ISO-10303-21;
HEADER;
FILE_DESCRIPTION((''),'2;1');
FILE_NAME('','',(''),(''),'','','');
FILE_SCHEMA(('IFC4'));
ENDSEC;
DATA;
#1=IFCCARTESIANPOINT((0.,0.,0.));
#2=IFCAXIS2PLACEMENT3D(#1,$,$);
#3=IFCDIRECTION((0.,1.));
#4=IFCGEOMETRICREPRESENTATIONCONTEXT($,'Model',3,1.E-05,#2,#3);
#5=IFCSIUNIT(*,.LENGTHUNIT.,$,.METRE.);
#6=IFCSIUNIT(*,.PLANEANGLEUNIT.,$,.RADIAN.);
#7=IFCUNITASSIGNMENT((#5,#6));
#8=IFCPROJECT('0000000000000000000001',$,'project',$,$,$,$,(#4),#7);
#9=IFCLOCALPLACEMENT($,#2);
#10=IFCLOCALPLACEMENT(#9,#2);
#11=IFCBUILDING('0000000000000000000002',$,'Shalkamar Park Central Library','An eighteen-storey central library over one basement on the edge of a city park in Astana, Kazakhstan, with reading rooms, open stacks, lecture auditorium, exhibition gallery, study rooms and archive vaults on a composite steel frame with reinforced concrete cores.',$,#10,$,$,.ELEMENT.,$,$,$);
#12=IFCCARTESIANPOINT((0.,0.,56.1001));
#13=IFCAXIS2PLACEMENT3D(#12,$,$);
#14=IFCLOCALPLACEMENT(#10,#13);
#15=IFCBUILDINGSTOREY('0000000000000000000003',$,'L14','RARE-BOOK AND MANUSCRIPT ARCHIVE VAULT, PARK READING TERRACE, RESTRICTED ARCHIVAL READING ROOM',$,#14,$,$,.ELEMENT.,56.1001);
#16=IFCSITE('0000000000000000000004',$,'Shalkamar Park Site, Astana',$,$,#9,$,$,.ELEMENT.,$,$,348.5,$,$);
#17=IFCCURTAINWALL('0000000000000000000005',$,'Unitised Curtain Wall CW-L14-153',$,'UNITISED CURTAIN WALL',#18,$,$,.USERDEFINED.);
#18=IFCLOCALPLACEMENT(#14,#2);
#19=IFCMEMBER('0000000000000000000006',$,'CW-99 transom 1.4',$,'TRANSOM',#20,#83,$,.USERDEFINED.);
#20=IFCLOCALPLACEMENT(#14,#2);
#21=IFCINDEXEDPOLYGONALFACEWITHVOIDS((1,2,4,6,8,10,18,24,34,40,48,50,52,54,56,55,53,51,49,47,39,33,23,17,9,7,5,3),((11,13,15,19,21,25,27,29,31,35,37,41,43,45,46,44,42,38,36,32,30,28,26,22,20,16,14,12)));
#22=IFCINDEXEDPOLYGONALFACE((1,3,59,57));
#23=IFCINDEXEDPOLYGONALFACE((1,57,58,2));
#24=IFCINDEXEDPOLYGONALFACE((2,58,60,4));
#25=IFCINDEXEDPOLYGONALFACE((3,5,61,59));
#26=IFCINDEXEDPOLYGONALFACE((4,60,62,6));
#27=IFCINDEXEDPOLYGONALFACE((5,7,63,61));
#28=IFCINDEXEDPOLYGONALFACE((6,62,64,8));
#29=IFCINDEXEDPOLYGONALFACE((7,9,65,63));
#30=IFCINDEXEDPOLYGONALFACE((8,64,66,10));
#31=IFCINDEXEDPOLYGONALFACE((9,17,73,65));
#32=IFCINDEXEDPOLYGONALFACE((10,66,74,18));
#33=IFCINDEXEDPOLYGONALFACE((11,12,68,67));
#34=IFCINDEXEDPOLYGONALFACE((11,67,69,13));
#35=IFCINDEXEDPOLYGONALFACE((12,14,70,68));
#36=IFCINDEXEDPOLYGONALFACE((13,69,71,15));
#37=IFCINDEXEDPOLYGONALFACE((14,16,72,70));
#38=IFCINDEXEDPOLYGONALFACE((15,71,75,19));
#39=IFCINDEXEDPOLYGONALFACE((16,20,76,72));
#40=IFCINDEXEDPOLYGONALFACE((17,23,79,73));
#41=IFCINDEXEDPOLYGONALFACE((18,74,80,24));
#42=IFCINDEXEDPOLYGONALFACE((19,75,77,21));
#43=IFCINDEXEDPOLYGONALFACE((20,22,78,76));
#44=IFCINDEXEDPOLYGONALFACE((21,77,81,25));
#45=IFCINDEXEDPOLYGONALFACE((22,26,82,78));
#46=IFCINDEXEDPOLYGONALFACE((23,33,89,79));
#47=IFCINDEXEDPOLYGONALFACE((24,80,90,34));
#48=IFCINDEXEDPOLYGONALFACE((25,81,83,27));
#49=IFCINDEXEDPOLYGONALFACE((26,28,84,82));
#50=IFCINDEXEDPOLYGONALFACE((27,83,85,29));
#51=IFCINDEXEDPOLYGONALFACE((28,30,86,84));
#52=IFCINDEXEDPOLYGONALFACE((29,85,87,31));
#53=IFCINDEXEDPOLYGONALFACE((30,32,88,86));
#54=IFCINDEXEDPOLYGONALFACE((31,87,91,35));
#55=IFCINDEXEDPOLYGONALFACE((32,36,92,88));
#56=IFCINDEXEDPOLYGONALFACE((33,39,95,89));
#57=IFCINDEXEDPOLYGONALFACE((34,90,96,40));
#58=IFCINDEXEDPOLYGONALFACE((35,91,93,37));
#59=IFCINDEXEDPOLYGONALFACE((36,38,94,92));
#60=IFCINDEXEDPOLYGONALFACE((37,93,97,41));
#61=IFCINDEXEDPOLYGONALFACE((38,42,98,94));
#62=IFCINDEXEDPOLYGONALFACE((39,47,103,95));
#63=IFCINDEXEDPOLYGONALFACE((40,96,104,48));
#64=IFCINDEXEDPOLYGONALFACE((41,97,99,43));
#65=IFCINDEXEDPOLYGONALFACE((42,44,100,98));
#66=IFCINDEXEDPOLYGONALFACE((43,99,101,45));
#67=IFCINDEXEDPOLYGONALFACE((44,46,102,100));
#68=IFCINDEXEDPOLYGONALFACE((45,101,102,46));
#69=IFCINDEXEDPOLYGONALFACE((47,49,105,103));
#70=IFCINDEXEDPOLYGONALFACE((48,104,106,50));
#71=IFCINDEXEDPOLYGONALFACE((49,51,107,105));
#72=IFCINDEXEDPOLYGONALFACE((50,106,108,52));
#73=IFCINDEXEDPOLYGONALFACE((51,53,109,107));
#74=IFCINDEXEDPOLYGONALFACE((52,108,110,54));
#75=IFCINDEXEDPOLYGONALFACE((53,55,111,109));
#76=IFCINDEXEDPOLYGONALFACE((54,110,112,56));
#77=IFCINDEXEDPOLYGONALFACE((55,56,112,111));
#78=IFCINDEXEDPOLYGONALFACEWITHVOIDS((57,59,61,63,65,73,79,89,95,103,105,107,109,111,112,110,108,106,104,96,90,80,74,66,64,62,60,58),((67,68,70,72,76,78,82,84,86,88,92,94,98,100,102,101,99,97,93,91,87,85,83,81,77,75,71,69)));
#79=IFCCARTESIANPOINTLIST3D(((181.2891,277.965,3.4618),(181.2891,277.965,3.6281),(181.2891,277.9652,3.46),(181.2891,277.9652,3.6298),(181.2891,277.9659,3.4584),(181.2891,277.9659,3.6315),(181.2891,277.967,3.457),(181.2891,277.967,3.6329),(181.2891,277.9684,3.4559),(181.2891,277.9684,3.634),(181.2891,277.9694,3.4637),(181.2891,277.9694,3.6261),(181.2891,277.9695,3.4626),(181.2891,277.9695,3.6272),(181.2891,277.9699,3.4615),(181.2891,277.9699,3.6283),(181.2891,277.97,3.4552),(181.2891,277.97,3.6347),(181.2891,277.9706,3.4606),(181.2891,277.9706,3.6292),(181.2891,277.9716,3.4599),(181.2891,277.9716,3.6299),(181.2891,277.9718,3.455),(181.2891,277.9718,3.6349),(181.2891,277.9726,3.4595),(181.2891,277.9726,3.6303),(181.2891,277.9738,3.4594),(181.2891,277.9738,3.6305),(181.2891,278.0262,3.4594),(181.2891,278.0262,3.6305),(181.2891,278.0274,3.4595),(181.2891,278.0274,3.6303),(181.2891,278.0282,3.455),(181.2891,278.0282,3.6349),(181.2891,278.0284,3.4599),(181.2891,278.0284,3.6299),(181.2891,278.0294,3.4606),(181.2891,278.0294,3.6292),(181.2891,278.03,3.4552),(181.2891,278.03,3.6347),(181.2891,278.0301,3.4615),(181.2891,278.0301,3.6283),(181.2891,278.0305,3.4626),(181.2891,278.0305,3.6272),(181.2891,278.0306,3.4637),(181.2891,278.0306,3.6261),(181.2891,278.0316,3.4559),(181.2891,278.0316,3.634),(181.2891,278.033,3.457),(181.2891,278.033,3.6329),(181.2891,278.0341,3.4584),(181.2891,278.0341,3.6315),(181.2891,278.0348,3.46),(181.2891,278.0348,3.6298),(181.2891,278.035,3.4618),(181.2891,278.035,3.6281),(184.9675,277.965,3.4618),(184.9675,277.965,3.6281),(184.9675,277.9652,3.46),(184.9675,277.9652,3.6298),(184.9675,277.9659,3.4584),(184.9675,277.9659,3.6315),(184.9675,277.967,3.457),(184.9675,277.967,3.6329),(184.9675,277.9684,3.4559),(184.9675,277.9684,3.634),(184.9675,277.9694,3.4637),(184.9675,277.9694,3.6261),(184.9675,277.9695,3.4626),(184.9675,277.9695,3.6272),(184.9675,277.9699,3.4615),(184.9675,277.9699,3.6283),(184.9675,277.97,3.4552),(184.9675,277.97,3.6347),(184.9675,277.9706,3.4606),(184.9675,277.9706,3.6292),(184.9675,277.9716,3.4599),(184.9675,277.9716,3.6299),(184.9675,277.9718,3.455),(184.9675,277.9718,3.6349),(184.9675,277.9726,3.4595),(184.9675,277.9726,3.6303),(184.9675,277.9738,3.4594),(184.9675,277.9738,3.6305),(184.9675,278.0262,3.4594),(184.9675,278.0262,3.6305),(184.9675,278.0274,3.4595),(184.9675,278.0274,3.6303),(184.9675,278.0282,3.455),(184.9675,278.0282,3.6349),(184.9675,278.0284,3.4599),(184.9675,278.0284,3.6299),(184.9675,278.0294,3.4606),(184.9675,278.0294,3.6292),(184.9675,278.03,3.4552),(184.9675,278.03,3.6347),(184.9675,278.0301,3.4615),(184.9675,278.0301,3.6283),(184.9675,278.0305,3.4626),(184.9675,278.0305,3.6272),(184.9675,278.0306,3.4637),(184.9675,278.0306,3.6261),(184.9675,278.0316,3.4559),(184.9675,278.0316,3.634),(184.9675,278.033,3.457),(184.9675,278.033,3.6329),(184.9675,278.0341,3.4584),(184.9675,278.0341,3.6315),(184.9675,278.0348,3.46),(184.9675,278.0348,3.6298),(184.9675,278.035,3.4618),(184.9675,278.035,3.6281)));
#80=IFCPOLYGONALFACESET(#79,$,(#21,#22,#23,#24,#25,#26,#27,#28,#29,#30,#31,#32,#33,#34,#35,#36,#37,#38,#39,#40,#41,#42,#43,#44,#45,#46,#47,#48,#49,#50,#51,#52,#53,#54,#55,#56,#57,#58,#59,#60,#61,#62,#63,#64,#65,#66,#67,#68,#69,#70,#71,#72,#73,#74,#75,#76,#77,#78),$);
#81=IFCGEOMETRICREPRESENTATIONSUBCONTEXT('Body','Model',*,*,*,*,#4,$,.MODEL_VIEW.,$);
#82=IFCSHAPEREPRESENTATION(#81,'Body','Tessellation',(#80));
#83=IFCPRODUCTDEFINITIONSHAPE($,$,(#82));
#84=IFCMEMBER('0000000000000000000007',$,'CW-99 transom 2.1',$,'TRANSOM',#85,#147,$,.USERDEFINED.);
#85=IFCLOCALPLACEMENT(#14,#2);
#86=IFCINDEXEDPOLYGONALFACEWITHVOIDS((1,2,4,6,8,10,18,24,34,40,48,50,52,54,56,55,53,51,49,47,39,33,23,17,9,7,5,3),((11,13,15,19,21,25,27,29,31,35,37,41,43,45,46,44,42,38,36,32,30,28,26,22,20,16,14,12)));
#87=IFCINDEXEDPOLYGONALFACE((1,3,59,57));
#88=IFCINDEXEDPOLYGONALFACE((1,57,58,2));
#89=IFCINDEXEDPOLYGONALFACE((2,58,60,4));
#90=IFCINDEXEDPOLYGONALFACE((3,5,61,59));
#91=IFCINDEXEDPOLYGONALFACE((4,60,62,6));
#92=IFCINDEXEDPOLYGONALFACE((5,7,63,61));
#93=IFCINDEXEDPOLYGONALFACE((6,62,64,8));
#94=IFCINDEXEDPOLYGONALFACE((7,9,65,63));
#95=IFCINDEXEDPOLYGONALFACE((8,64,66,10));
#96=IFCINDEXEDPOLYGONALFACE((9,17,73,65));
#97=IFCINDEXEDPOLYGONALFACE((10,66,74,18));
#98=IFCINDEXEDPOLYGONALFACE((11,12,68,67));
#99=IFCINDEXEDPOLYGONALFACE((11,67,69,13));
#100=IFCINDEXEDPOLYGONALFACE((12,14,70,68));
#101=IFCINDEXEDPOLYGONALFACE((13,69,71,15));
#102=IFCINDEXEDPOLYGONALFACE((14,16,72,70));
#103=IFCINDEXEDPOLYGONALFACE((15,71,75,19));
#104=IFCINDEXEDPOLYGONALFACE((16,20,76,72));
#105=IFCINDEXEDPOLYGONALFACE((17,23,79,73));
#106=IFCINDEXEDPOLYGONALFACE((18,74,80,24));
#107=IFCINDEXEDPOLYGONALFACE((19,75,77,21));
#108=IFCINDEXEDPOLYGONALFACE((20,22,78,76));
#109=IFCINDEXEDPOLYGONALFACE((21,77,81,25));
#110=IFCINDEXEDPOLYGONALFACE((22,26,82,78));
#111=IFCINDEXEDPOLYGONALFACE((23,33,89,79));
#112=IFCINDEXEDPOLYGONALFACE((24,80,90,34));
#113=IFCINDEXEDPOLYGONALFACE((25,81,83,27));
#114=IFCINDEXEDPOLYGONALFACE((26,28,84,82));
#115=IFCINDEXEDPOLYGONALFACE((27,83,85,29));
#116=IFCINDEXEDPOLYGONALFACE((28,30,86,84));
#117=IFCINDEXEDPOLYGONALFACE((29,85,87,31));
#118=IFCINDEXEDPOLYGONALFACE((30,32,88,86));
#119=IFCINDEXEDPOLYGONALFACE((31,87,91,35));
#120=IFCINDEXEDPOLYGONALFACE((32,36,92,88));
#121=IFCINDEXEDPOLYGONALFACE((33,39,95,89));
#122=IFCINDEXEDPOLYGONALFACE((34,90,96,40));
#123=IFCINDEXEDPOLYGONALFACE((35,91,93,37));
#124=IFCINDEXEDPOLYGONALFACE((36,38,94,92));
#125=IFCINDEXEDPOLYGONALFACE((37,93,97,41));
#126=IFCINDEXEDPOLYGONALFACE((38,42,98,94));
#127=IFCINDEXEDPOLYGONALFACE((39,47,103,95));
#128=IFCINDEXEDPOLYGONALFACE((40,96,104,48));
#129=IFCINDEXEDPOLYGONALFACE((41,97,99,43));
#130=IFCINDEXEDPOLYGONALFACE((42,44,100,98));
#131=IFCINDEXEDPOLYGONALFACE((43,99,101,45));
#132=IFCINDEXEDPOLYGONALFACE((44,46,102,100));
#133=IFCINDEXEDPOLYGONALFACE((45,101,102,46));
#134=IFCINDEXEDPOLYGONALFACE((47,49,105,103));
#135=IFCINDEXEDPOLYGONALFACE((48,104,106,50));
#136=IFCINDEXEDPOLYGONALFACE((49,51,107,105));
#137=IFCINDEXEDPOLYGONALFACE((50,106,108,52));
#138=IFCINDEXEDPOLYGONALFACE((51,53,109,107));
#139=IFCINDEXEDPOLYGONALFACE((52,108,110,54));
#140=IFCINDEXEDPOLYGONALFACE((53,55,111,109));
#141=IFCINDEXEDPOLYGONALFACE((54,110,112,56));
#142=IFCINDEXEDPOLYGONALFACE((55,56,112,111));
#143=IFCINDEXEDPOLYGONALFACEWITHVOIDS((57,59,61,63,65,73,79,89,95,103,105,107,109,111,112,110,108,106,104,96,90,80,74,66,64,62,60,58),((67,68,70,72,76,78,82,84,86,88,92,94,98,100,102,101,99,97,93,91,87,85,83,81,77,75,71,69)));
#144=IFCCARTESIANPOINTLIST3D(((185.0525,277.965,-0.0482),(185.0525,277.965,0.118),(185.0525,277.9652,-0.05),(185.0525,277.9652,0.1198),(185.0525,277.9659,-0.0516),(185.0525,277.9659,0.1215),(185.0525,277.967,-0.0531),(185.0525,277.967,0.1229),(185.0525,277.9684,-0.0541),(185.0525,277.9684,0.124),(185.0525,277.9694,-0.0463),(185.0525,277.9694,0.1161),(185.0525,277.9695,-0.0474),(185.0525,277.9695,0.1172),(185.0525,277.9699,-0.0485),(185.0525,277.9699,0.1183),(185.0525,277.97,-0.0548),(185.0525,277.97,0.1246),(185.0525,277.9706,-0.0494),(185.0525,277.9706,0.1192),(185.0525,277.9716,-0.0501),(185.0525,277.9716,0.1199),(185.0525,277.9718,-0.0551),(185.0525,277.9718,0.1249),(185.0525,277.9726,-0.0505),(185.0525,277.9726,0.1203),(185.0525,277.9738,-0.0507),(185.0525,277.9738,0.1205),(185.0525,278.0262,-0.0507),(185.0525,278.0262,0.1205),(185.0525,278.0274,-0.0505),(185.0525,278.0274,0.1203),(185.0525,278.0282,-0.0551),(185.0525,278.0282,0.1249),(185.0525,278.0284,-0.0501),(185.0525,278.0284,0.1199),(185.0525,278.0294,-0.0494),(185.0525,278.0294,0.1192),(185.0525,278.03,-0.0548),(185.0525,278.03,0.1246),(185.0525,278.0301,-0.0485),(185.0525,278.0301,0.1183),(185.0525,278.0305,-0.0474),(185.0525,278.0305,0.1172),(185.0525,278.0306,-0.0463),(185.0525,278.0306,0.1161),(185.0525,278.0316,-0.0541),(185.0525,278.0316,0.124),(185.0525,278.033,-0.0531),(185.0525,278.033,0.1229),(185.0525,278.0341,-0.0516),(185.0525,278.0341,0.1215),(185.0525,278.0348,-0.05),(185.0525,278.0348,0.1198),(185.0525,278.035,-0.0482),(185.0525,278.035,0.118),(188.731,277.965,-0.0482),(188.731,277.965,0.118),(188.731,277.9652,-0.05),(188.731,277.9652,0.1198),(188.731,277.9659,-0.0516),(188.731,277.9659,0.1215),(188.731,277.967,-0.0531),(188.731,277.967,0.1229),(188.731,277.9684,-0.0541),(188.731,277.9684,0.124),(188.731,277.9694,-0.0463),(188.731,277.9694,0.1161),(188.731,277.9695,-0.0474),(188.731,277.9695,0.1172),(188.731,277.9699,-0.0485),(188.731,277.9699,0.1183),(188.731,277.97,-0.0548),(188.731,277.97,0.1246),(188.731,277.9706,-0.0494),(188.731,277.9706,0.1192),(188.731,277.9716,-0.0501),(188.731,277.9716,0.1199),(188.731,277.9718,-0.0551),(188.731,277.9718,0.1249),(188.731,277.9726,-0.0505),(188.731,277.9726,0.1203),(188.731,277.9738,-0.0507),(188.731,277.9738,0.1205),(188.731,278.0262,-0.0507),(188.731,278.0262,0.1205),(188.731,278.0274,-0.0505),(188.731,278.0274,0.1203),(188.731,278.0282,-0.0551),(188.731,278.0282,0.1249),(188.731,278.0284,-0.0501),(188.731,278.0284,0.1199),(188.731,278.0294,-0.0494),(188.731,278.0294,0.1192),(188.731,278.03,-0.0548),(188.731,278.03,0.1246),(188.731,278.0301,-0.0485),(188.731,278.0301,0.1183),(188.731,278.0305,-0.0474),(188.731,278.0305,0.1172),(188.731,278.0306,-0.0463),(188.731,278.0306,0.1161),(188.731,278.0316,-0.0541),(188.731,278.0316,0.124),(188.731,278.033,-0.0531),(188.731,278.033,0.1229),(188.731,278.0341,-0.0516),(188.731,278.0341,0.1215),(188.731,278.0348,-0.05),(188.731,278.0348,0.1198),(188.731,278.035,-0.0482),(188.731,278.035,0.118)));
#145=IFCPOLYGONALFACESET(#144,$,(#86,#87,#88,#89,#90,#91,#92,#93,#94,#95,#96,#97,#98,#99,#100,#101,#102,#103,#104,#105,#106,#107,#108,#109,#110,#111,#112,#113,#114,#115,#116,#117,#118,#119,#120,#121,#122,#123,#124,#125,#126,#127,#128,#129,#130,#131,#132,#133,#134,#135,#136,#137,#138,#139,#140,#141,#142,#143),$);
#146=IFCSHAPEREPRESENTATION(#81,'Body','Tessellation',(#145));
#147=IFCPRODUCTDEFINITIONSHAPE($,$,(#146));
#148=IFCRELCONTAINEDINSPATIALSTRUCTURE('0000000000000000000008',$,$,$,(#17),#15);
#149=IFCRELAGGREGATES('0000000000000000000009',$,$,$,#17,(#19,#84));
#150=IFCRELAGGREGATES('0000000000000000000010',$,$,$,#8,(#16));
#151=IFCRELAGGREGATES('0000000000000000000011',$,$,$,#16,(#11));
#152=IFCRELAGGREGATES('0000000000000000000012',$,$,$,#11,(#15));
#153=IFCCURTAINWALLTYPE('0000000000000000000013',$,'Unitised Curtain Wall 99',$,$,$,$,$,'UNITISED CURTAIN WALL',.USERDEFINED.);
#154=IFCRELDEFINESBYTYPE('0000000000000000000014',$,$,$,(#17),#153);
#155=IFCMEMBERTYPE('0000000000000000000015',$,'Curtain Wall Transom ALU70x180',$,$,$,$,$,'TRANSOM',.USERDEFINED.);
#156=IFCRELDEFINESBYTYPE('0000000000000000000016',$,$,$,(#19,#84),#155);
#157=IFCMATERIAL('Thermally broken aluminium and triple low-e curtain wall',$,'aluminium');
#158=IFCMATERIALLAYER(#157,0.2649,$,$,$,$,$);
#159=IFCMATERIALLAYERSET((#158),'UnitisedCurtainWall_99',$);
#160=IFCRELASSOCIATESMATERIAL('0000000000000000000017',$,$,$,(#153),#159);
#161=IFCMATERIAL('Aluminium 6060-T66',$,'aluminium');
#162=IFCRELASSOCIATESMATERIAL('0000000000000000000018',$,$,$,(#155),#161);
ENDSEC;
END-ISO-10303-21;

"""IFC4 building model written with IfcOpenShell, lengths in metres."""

from ifc_helpers import new_model, si_unit, direction, frame, origin, origin_2d, place, context, subcontext, project, spatial, hollow_rectangle, extrude, material, layer, layer_set, material_profile, profile_set, type_object, element, aggregate, save


model = new_model("IFC4")

# Units and contexts
model_context = context("Model", 3, precision=1e-05, world=origin(), true_north=direction((0.0, 1.0)))
body_context = subcontext(model_context, "Body", "Model", "MODEL_VIEW")
ifc_project = project(units=[si_unit("LENGTHUNIT", "METRE"), si_unit("PLANEANGLEUNIT", "RADIAN")], contexts=[model_context])

# Site, building, storey
site_placement = place(None, origin())
site = spatial("IfcSite", under=ifc_project, at=site_placement, Name="Shalkamar Park Site, Astana", CompositionType="ELEMENT", RefElevation=348.5)
building_placement = place(site_placement, origin())
building = spatial("IfcBuilding", under=site, at=building_placement, Name="Shalkamar Park Central Library", Description="An eighteen-storey central library over one basement on the edge of a city park in Astana, Kazakhstan, with reading rooms, open stacks, lecture auditorium, exhibition gallery, study rooms and archive vaults on a composite steel frame with reinforced concrete cores.", CompositionType="ELEMENT")
storey_placement = place(building_placement, frame((0.0, 0.0, 56.1001)))
storey = spatial("IfcBuildingStorey", under=building, at=storey_placement, Name="L14", Description="RARE-BOOK AND MANUSCRIPT ARCHIVE VAULT, PARK READING TERRACE, RESTRICTED ARCHIVAL READING ROOM", CompositionType="ELEMENT", Elevation=56.1001)

# Curtain wall
ifc_material_1 = material(Name="Thermally broken aluminium and triple low-e curtain wall", Category="aluminium")
ifc_material_2 = material(Name="Aluminium 6060-T66", Category="aluminium")
ifc_layer_1 = layer(ifc_material_1, 0.2649)
ifc_layer_set_1 = layer_set([ifc_layer_1], Name="UnitisedCurtainWall_99")
curtain_wall_type_1 = type_object("IfcCurtainWallType", Name="Unitised Curtain Wall 99", ElementType="UNITISED CURTAIN WALL", PredefinedType="USERDEFINED", material=ifc_layer_set_1)
curtain_wall_1_placement = place(storey_placement, origin())
curtain_wall_1 = element("IfcCurtainWall", 1, at=curtain_wall_1_placement, inside=storey, type_object=curtain_wall_type_1, Name="Unitised Curtain Wall CW-L14-153", ObjectType="UNITISED CURTAIN WALL", PredefinedType="USERDEFINED")

# Members
ifc_material_profile_1 = material_profile(ifc_material_2, hollow_rectangle(XDim=0.0701, YDim=0.1799, WallThickness=0.0044, InnerFilletRadius=0.0044, OuterFilletRadius=0.0068, at=origin_2d()), Name="ALU 70x180x4.5")
ifc_profile_set_1 = profile_set([ifc_material_profile_1], Name="Aluminium 6060-T66")
member_type_1 = type_object("IfcMemberType", Name="Curtain Wall Transom ALU70x180", ElementType="TRANSOM", PredefinedType="USERDEFINED", material=ifc_profile_set_1)
member_1_placement = place(storey_placement, frame((181.2891, 278.0, 3.5449), z_axis=(1.0, 0.0, 0.0), x_axis=(0.0, 1.0, 0.0)))
member_1 = element("IfcMember", 2, at=member_1_placement, type_object=member_type_1, Name="CW-99 transom 1.4", ObjectType="TRANSOM", PredefinedType="USERDEFINED", context=body_context, shape_type="SweptSolid", body=[
    extrude(hollow_rectangle(XDim=0.0701, YDim=0.1799, WallThickness=0.0044, InnerFilletRadius=0.0044, OuterFilletRadius=0.0068, at=origin_2d()), origin(), (0.0, 0.0, 1.0), 3.6785),
])
member_2_placement = place(storey_placement, frame((185.0525, 278.0, 0.0349), z_axis=(1.0, 0.0, 0.0), x_axis=(0.0, 1.0, 0.0)))
member_2 = element("IfcMember", 3, at=member_2_placement, type_object=member_type_1, Name="CW-99 transom 2.1", ObjectType="TRANSOM", PredefinedType="USERDEFINED", context=body_context, shape_type="SweptSolid", body=[
    extrude(hollow_rectangle(XDim=0.0701, YDim=0.1799, WallThickness=0.0044, InnerFilletRadius=0.0044, OuterFilletRadius=0.0068, at=origin_2d()), origin(), (0.0, 0.0, 1.0), 3.6785),
])

aggregate(curtain_wall_1, [member_1, member_2])

save(model, "model.ifc")
